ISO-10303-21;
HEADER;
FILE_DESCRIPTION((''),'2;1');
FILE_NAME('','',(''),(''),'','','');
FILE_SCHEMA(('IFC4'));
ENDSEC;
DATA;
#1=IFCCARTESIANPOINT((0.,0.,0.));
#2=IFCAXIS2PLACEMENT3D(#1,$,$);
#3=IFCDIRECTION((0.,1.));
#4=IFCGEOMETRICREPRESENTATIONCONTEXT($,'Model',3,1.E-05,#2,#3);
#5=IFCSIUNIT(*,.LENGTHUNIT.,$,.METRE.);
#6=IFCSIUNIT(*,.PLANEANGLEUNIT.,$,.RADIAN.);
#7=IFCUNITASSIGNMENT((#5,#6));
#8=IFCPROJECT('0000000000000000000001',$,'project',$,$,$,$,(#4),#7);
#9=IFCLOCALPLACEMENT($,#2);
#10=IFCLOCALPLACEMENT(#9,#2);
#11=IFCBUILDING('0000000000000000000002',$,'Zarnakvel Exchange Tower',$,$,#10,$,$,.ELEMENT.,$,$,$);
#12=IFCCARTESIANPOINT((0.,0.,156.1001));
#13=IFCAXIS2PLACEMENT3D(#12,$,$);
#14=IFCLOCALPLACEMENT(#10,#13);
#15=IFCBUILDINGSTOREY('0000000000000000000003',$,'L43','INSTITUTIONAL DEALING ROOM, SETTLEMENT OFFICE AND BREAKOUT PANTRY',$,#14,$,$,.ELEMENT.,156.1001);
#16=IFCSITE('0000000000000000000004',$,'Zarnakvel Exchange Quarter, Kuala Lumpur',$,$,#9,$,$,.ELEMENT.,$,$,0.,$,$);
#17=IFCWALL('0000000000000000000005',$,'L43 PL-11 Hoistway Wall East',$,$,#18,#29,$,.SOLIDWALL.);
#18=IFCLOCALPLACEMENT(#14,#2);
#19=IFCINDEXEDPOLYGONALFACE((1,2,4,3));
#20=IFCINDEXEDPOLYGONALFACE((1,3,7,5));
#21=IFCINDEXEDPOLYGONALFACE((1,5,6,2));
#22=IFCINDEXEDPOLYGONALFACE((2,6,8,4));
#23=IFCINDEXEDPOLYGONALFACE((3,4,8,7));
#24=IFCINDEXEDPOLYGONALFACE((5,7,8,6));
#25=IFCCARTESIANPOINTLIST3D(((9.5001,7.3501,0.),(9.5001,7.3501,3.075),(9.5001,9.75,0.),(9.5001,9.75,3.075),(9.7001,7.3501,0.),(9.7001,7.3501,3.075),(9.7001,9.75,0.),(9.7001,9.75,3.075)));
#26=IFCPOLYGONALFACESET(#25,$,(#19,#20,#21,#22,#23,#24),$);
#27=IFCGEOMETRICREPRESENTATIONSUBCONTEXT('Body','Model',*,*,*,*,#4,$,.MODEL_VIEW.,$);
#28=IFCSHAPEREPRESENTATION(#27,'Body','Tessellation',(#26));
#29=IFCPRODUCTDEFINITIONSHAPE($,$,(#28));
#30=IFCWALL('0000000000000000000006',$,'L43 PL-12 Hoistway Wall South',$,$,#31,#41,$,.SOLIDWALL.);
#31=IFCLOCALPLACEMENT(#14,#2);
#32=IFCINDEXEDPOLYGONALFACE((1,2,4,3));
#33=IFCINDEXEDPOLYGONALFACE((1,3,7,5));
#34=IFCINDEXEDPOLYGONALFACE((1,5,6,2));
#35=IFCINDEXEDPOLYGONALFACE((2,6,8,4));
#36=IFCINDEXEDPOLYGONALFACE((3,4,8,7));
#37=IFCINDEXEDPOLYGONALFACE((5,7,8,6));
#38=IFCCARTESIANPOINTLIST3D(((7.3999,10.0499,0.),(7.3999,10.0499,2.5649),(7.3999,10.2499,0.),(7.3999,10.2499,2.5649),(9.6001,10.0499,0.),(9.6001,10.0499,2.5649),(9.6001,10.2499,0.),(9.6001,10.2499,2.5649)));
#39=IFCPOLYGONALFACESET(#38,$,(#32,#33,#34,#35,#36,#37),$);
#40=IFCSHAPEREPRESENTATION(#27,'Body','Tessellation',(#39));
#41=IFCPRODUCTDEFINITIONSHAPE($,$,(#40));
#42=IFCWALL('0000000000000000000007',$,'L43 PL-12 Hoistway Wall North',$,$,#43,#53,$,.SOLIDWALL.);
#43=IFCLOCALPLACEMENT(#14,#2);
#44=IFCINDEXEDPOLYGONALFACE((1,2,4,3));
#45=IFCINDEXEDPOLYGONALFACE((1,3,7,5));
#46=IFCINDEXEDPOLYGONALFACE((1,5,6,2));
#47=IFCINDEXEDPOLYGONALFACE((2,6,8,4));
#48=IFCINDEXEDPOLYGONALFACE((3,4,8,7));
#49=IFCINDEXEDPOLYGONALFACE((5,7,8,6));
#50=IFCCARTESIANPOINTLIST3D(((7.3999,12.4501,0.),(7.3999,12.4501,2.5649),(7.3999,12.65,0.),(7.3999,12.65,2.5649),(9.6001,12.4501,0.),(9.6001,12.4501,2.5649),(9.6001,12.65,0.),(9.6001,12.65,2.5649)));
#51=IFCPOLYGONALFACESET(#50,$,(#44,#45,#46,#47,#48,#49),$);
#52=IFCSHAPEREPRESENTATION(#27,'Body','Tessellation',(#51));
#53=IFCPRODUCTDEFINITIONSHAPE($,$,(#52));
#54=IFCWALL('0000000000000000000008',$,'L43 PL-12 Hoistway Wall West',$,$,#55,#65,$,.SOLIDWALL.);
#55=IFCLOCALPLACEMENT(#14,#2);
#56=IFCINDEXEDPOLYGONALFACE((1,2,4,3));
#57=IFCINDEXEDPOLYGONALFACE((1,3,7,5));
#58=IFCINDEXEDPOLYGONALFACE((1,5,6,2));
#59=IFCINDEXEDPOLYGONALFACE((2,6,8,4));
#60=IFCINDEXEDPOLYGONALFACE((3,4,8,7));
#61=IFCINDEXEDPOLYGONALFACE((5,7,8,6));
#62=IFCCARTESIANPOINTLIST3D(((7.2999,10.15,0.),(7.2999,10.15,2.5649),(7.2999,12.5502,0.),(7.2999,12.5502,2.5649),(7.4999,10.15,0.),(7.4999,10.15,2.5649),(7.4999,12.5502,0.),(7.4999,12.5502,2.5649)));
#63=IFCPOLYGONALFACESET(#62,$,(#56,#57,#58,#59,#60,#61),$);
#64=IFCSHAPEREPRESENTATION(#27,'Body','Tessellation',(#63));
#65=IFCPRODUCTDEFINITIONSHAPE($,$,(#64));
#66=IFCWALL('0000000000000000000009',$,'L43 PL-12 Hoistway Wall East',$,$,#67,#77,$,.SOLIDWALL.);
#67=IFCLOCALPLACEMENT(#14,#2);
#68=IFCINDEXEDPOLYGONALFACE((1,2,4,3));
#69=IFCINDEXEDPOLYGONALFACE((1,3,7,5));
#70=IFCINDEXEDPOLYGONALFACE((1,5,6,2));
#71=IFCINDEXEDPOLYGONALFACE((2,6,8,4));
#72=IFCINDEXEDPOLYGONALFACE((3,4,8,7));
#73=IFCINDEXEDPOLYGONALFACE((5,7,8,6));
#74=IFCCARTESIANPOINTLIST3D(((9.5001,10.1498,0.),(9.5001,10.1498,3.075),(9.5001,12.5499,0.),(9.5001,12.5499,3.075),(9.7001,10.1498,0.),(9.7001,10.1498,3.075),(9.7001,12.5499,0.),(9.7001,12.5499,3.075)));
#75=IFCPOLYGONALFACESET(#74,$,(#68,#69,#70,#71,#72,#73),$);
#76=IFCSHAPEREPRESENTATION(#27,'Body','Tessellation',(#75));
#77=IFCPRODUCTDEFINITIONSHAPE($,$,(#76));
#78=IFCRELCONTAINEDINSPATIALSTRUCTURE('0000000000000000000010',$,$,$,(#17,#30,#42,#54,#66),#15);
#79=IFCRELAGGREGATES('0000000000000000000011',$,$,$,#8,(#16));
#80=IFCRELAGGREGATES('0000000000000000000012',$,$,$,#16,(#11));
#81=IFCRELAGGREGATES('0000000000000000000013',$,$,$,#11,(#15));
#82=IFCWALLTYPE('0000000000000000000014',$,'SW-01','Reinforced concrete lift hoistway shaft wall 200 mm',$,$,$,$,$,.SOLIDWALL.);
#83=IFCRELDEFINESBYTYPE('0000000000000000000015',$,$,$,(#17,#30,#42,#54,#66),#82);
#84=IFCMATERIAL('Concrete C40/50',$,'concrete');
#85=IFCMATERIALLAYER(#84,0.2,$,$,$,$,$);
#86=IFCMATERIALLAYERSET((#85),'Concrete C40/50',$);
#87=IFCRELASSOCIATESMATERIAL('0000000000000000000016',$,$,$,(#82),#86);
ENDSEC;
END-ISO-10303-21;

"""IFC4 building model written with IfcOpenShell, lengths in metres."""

from ifc_helpers import new_model, si_unit, direction, frame, frame_2d, origin, place, context, subcontext, project, spatial, rectangle, extrude, material, layer, layer_set, type_object, element, save


model = new_model("IFC4")

# Units and contexts
model_context = context("Model", 3, precision=1e-05, world=origin(), true_north=direction((0.0, 1.0)))
body_context = subcontext(model_context, "Body", "Model", "MODEL_VIEW")
ifc_project = project(units=[si_unit("LENGTHUNIT", "METRE"), si_unit("PLANEANGLEUNIT", "RADIAN")], contexts=[model_context])

# Site, building, storey
site_placement = place(None, origin())
site = spatial("IfcSite", under=ifc_project, at=site_placement, Name="Zarnakvel Exchange Quarter, Kuala Lumpur", CompositionType="ELEMENT", RefElevation=0.0)
building_placement = place(site_placement, origin())
building = spatial("IfcBuilding", under=site, at=building_placement, Name="Zarnakvel Exchange Tower", CompositionType="ELEMENT")
storey_placement = place(building_placement, frame((0.0, 0.0, 156.1001)))
storey = spatial("IfcBuildingStorey", under=building, at=storey_placement, Name="L43", Description="INSTITUTIONAL DEALING ROOM, SETTLEMENT OFFICE AND BREAKOUT PANTRY", CompositionType="ELEMENT", Elevation=156.1001)

# Walls
ifc_material_1 = material(Name="Concrete C40/50", Category="concrete")
ifc_layer_1 = layer(ifc_material_1, 0.2)
ifc_layer_set_1 = layer_set([ifc_layer_1], Name="Concrete C40/50")
wall_type_1 = type_object("IfcWallType", Name="SW-01", Description="Reinforced concrete lift hoistway shaft wall 200 mm", PredefinedType="SOLIDWALL", material=ifc_layer_set_1)
wall_1_placement = place(storey_placement, frame((9.6001, 9.75, 0.0), z_axis=(0.0, 0.0, 1.0), x_axis=(0.0, -1.0, 0.0)))
element("IfcWall", 1, at=wall_1_placement, inside=storey, type_object=wall_type_1, Name="L43 PL-11 Hoistway Wall East", PredefinedType="SOLIDWALL", context=body_context, shape_type="SweptSolid", body=[
    extrude(rectangle(XDim=2.3999, YDim=0.2, at=frame_2d((1.2, 0.0))), origin(), (0.0, 0.0, 1.0), 3.075),
])
for number, where, z_axis, x_axis, name in (
    (2, (9.6001, 10.1499, 0.0), (0.0, 0.0, 1.0), (-1.0, 0.0, 0.0), "L43 PL-12 Hoistway Wall South"),
    (3, (7.3999, 12.55, 0.0), (0.0, 0.0, 1.0), (1.0, 0.0, 0.0), "L43 PL-12 Hoistway Wall North"),
):
    element("IfcWall", number, at=place(storey_placement, frame(where, z_axis=z_axis, x_axis=x_axis)), inside=storey, type_object=wall_type_1, Name=name, PredefinedType="SOLIDWALL", context=body_context, shape_type="SweptSolid", body=[
        extrude(rectangle(XDim=2.2002, YDim=0.2, at=frame_2d((1.1001, 0.0))), origin(), (0.0, 0.0, 1.0), 2.5649),
    ])
wall_2_placement = place(storey_placement, frame((7.3999, 10.1499, 0.0), z_axis=(0.0, 0.0, 1.0), x_axis=(0.0, 1.0, 0.0)))
element("IfcWall", 4, at=wall_2_placement, inside=storey, type_object=wall_type_1, Name="L43 PL-12 Hoistway Wall West", PredefinedType="SOLIDWALL", context=body_context, shape_type="SweptSolid", body=[
    extrude(rectangle(XDim=2.4001, YDim=0.2, at=frame_2d((1.2002, 0.0))), origin(), (0.0, 0.0, 1.0), 2.5649),
])
wall_3_placement = place(storey_placement, frame((9.6001, 12.55, 0.0), z_axis=(0.0, 0.0, 1.0), x_axis=(0.0, -1.0, 0.0)))
element("IfcWall", 5, at=wall_3_placement, inside=storey, type_object=wall_type_1, Name="L43 PL-12 Hoistway Wall East", PredefinedType="SOLIDWALL", context=body_context, shape_type="SweptSolid", body=[
    extrude(rectangle(XDim=2.4001, YDim=0.2, at=frame_2d((1.2002, 0.0))), origin(), (0.0, 0.0, 1.0), 3.075),
])

save(model, "model.ifc")
